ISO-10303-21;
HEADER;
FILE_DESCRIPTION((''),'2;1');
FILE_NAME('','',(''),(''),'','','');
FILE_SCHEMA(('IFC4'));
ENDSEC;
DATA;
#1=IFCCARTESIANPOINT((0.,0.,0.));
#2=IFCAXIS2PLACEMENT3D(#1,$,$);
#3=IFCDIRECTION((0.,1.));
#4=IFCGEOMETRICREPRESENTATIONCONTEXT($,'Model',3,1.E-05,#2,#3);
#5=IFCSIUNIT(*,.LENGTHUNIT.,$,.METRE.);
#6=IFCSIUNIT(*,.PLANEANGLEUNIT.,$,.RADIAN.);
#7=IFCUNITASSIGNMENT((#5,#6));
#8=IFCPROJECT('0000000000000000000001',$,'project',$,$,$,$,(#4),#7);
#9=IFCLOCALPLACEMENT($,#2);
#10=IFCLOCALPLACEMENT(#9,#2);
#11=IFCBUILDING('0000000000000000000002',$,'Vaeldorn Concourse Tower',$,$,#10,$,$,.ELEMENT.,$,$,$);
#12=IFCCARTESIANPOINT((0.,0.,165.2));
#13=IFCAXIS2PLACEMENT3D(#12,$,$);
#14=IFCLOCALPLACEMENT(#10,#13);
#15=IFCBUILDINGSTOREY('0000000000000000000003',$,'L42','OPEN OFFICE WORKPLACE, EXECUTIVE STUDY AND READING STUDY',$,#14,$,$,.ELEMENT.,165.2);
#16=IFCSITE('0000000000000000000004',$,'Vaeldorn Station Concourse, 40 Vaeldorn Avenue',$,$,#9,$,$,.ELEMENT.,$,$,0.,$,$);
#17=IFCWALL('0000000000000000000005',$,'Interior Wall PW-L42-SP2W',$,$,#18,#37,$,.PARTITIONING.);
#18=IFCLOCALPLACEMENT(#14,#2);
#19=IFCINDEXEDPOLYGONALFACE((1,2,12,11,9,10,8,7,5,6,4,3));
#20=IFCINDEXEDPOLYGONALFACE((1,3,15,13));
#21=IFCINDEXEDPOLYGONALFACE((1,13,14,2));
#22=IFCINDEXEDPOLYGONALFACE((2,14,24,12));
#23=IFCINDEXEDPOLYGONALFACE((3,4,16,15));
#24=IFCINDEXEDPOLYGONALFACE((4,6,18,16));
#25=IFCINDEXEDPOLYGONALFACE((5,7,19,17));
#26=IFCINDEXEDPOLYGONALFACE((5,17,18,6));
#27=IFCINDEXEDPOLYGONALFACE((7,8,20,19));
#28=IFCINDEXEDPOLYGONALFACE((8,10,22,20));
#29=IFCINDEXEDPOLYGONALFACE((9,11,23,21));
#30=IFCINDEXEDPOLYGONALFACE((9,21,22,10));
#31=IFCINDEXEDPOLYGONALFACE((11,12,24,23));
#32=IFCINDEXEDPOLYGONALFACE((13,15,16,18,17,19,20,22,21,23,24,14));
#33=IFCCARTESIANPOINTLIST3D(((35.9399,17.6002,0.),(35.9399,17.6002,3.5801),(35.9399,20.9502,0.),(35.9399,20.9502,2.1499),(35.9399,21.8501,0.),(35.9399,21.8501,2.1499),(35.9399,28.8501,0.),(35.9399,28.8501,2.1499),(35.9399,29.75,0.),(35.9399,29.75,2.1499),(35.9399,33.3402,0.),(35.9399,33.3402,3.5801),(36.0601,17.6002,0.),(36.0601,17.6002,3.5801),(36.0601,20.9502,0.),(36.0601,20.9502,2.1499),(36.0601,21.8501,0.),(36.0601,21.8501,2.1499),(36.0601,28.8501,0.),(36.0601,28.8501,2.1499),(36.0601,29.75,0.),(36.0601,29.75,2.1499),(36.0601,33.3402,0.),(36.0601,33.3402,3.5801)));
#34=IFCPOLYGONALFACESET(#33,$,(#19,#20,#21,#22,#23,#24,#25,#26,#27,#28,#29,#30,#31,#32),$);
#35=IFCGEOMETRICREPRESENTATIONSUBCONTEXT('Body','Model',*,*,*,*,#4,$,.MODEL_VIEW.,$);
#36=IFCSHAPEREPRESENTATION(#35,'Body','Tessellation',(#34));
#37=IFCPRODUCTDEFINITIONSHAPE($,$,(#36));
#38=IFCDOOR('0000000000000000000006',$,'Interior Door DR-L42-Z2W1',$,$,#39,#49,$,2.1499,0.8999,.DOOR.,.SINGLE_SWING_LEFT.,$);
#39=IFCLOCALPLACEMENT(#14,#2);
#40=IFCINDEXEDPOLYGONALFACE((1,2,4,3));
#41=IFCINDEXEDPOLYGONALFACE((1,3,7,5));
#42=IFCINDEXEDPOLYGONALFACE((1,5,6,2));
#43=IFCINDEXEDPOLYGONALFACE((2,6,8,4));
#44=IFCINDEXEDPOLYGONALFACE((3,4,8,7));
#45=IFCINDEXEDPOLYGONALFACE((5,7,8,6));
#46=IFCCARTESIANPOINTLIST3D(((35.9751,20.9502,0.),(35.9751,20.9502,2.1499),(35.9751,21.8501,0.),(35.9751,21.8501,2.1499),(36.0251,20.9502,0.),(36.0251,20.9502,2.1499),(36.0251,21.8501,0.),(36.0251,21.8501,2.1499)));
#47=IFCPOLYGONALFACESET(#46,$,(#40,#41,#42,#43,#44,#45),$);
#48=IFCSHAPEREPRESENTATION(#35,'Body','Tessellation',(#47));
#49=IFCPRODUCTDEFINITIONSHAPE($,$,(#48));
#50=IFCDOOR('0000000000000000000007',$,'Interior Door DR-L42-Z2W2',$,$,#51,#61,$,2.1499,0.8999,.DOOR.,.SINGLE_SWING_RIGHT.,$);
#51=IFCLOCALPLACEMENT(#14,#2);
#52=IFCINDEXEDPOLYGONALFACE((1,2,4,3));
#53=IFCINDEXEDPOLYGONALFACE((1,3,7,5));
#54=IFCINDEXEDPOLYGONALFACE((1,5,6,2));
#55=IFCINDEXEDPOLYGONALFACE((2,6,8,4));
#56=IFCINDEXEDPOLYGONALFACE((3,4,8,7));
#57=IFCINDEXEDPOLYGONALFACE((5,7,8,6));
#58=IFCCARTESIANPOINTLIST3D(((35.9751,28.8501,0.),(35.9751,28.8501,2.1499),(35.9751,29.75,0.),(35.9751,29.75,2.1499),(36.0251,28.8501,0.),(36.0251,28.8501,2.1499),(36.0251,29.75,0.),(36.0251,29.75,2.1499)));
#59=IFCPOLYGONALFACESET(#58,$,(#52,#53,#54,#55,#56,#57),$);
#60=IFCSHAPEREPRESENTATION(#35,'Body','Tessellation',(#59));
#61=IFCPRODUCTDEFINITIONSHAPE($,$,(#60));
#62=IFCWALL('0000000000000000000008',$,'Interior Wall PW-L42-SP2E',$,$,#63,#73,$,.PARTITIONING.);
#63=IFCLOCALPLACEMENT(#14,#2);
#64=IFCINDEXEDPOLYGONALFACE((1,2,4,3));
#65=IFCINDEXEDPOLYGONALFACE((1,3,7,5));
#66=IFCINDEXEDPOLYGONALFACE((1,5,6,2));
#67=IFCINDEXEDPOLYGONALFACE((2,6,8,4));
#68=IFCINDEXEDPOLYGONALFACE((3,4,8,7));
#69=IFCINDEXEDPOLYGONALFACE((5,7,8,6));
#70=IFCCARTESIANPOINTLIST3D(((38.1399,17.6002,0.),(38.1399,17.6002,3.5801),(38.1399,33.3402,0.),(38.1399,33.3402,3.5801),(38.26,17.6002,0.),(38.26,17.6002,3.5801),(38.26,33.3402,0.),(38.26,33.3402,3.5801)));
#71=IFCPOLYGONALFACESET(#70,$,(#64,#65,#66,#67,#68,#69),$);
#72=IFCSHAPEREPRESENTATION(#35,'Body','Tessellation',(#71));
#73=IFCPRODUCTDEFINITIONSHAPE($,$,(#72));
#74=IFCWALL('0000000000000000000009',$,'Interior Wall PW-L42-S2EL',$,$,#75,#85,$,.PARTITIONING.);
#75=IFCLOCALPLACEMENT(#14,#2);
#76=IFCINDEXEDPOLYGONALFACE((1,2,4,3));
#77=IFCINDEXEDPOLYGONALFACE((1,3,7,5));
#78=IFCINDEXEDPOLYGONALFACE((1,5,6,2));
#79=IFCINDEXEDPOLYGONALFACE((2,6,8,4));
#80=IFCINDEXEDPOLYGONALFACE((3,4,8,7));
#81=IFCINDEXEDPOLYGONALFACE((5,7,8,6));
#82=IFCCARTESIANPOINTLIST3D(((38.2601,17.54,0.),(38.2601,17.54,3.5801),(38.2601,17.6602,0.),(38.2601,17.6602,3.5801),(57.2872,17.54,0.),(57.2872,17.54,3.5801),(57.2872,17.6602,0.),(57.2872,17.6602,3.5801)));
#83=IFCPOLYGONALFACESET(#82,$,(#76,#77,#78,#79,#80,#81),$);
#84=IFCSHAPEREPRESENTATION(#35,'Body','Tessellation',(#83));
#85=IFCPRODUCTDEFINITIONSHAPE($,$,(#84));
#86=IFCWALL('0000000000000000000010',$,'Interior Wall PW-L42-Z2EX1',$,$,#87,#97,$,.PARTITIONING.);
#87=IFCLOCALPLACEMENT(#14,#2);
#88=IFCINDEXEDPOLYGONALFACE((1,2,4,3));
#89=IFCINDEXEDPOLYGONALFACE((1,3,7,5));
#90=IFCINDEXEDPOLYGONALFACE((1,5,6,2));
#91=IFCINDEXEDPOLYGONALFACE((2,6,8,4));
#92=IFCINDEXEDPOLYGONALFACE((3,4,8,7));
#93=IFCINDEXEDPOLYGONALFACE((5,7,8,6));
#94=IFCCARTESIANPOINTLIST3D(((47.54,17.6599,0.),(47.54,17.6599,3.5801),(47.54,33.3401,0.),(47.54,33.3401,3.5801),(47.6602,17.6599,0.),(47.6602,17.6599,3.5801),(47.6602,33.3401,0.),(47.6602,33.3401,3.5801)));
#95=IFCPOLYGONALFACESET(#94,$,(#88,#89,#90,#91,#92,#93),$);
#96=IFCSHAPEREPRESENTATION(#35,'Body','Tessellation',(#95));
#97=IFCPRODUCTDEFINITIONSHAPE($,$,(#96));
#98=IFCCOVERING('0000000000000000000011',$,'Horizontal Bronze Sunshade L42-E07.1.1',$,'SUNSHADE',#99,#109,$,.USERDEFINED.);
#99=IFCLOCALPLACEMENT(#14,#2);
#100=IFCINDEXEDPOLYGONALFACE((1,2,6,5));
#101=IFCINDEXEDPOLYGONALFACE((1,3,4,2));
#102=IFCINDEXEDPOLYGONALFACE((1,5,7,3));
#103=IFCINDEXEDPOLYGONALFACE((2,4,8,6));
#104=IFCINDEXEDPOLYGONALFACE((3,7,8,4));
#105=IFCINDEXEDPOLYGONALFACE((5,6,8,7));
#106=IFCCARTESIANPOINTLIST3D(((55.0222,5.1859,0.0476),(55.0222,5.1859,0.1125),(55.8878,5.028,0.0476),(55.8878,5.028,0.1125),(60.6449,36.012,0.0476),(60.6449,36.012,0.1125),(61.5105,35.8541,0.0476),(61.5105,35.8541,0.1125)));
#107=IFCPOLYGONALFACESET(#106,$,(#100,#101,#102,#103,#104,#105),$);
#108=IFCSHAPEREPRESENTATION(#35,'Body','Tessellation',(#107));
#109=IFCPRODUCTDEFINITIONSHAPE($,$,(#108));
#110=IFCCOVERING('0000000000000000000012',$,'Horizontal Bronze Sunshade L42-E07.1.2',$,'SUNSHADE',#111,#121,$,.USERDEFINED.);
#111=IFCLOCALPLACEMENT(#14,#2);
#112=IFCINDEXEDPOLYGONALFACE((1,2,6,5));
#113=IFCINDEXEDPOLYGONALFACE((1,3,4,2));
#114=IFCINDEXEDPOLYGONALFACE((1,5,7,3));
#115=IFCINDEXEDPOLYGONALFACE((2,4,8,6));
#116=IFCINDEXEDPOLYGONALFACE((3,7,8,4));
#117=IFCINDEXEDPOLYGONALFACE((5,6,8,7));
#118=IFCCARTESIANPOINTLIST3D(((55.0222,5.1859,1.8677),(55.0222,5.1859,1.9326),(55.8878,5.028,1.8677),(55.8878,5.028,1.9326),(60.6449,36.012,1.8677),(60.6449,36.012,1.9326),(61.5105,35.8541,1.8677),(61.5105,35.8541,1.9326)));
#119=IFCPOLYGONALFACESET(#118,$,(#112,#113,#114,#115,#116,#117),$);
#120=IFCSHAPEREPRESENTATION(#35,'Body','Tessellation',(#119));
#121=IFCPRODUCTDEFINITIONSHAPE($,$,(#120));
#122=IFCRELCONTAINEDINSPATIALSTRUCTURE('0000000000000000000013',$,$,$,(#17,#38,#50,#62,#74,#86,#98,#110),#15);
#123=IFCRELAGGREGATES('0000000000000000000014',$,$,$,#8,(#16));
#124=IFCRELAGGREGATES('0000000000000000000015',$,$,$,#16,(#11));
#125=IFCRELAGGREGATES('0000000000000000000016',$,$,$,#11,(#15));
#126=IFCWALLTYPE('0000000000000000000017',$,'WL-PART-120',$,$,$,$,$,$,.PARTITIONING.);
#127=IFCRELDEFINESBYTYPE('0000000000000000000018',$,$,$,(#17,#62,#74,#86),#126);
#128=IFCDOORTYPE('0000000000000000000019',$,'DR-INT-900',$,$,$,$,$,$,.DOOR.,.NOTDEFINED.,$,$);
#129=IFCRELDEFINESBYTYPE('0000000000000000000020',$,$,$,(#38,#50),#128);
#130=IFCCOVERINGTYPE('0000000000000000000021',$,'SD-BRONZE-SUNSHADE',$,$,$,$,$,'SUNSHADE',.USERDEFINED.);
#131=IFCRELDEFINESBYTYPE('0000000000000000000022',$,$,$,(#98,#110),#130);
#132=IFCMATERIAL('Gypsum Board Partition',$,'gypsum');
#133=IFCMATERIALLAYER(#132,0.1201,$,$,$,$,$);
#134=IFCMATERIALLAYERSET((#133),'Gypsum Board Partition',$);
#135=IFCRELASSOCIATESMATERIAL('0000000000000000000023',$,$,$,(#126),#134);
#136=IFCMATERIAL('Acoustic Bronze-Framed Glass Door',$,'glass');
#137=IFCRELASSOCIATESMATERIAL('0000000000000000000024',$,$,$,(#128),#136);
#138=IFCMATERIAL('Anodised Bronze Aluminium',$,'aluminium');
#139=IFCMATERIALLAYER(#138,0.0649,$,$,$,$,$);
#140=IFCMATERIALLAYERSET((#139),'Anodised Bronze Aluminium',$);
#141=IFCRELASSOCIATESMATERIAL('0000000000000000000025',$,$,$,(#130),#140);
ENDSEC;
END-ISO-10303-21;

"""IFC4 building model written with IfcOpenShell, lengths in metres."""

from ifc_helpers import new_model, si_unit, direction, frame, frame_2d, origin, origin_2d, place, context, subcontext, project, spatial, rectangle, extrude, source, transform, mapped, material, layer, layer_set, type_object, element, fill, save


model = new_model("IFC4")

# Units and contexts
model_context = context("Model", 3, precision=1e-05, world=origin(), true_north=direction((0.0, 1.0)))
body_context = subcontext(model_context, "Body", "Model", "MODEL_VIEW")
ifc_project = project(units=[si_unit("LENGTHUNIT", "METRE"), si_unit("PLANEANGLEUNIT", "RADIAN")], contexts=[model_context])

# Site, building, storey
site_placement = place(None, origin())
site = spatial("IfcSite", under=ifc_project, at=site_placement, Name="Vaeldorn Station Concourse, 40 Vaeldorn Avenue", CompositionType="ELEMENT", RefElevation=0.0)
building_placement = place(site_placement, origin())
building = spatial("IfcBuilding", under=site, at=building_placement, Name="Vaeldorn Concourse Tower", CompositionType="ELEMENT")
storey_placement = place(building_placement, frame((0.0, 0.0, 165.2)))
storey = spatial("IfcBuildingStorey", under=building, at=storey_placement, Name="L42", Description="OPEN OFFICE WORKPLACE, EXECUTIVE STUDY AND READING STUDY", CompositionType="ELEMENT", Elevation=165.2)

# Shared definitions
ifc_material_1 = material(Name="Anodised Bronze Aluminium", Category="aluminium")

# Wall, openings, doors
ifc_material_2 = material(Name="Gypsum Board Partition", Category="gypsum")
ifc_layer_1 = layer(ifc_material_2, 0.1201)
ifc_layer_set_1 = layer_set([ifc_layer_1], Name="Gypsum Board Partition")
wall_type = type_object("IfcWallType", Name="WL-PART-120", PredefinedType="PARTITIONING", material=ifc_layer_set_1)
wall_1_placement = place(storey_placement, frame((36.0, 17.6001, 0.0), z_axis=(0.0, 0.0, 1.0), x_axis=(0.0, 1.0, 0.0)))
wall_1 = element("IfcWall", 1, at=wall_1_placement, inside=storey, type_object=wall_type, Name="Interior Wall PW-L42-SP2W", PredefinedType="PARTITIONING", context=body_context, shape_type="SweptSolid", body=[
    extrude(rectangle(XDim=15.74, YDim=0.1201, at=frame_2d((7.8701, 0.0))), origin(), (0.0, 0.0, 1.0), 3.5801),
])
opening_1_placement = place(wall_1_placement, frame((3.3501, 0.0, 0.0)))
opening_1 = element("IfcOpeningElement", 2, at=opening_1_placement, cuts=wall_1, PredefinedType="OPENING", context=body_context, shape_type="SweptSolid", body=[
    extrude(rectangle(XDim=0.8999, YDim=2.1499, at=frame_2d((0.45, 1.075))), frame((0.0, 0.0701, 0.0), z_axis=(0.0, -1.0, 0.0), x_axis=(1.0, 0.0, 0.0)), (0.0, 0.0, 1.0), 0.1401),
])
opening_2_placement = place(wall_1_placement, frame((11.25, 0.0, 0.0)))
opening_2 = element("IfcOpeningElement", 3, at=opening_2_placement, cuts=wall_1, PredefinedType="OPENING", context=body_context, shape_type="SweptSolid", body=[
    extrude(rectangle(XDim=0.8999, YDim=2.1499, at=frame_2d((0.45, 1.075))), frame((0.0, 0.0701, 0.0), z_axis=(0.0, -1.0, 0.0), x_axis=(1.0, 0.0, 0.0)), (0.0, 0.0, 1.0), 0.1401),
])
ifc_material_3 = material(Name="Acoustic Bronze-Framed Glass Door", Category="glass")
door_type = type_object("IfcDoorType", Name="DR-INT-900", OperationType="NOTDEFINED", PredefinedType="DOOR", material=ifc_material_3)
shared_shape_1 = source(origin(), body_context, "Body", "SweptSolid", [
    extrude(rectangle(XDim=0.8999, YDim=2.1499, at=frame_2d((0.45, 1.075))), frame((0.0, 0.0249, 0.0), z_axis=(0.0, -1.0, 0.0), x_axis=(1.0, 0.0, 0.0)), (0.0, 0.0, 1.0), 0.05),
])
door_1_placement = place(opening_1_placement, origin())
door_1 = element("IfcDoor", 4, at=door_1_placement, inside=storey, type_object=door_type, Name="Interior Door DR-L42-Z2W1", OperationType="SINGLE_SWING_LEFT", OverallHeight=2.1499, OverallWidth=0.8999, PredefinedType="DOOR", context=body_context, shape_type="MappedRepresentation", body=[
    mapped(shared_shape_1, transform((0.0, 0.0, 0.0), scale=1.0)),
])
fill(opening_1, door_1)
door_2_placement = place(opening_2_placement, origin())
door_2 = element("IfcDoor", 5, at=door_2_placement, inside=storey, type_object=door_type, Name="Interior Door DR-L42-Z2W2", OperationType="SINGLE_SWING_RIGHT", OverallHeight=2.1499, OverallWidth=0.8999, PredefinedType="DOOR", context=body_context, shape_type="MappedRepresentation", body=[
    mapped(shared_shape_1, transform((0.0, 0.0, 0.0), scale=1.0)),
])
fill(opening_2, door_2)

# Wall
wall_2_placement = place(storey_placement, frame((38.2, 17.6001, 0.0), z_axis=(0.0, 0.0, 1.0), x_axis=(0.0, 1.0, 0.0)))
element("IfcWall", 6, at=wall_2_placement, inside=storey, type_object=wall_type, Name="Interior Wall PW-L42-SP2E", PredefinedType="PARTITIONING", context=body_context, shape_type="SweptSolid", body=[
    extrude(rectangle(XDim=15.74, YDim=0.1201, at=frame_2d((7.8701, 0.0))), origin(), (0.0, 0.0, 1.0), 3.5801),
])

# Walls
wall_3_placement = place(storey_placement, frame((38.26, 17.6001, 0.0), z_axis=(0.0, 0.0, 1.0), x_axis=(1.0, 0.0, 0.0)))
element("IfcWall", 7, at=wall_3_placement, inside=storey, type_object=wall_type, Name="Interior Wall PW-L42-S2EL", PredefinedType="PARTITIONING", context=body_context, shape_type="SweptSolid", body=[
    extrude(rectangle(XDim=19.0271, YDim=0.1201, at=frame_2d((9.5137, 0.0))), origin(), (0.0, 0.0, 1.0), 3.5801),
])
wall_4_placement = place(storey_placement, frame((47.6001, 17.6599, 0.0), z_axis=(0.0, 0.0, 1.0), x_axis=(0.0, 1.0, 0.0)))
element("IfcWall", 8, at=wall_4_placement, inside=storey, type_object=wall_type, Name="Interior Wall PW-L42-Z2EX1", PredefinedType="PARTITIONING", context=body_context, shape_type="SweptSolid", body=[
    extrude(rectangle(XDim=15.6802, YDim=0.1201, at=frame_2d((7.8401, 0.0))), origin(), (0.0, 0.0, 1.0), 3.5801),
])

# Coverings
ifc_layer_2 = layer(ifc_material_1, 0.0649)
ifc_layer_set_2 = layer_set([ifc_layer_2], Name="Anodised Bronze Aluminium")
covering_type = type_object("IfcCoveringType", Name="SD-BRONZE-SUNSHADE", ElementType="SUNSHADE", PredefinedType="USERDEFINED", material=ifc_layer_set_2)
shared_shape_2 = source(origin(), body_context, "Body", "SweptSolid", [
    extrude(rectangle(XDim=31.3347, YDim=0.8799, at=origin_2d()), origin(), (0.0, 0.0, 1.0), 0.0649),
])
for number, where, z_axis, x_axis, name in (
    (9, (58.2664, 20.52, 0.0476), (0.0, 0.0, 1.0), (0.179438, 0.983769, 0.0), "Horizontal Bronze Sunshade L42-E07.1.1"),
    (10, (58.2664, 20.52, 1.8677), (0.0, 0.0, 1.0), (0.179438, 0.983769, 0.0), "Horizontal Bronze Sunshade L42-E07.1.2"),
):
    element("IfcCovering", number, at=place(storey_placement, frame(where, z_axis=z_axis, x_axis=x_axis)), inside=storey, type_object=covering_type, Name=name, ObjectType="SUNSHADE", PredefinedType="USERDEFINED", context=body_context, shape_type="MappedRepresentation", body=[
        mapped(shared_shape_2, transform((0.0, 0.0, 0.0), scale=1.0)),
    ])

save(model, "model.ifc")
